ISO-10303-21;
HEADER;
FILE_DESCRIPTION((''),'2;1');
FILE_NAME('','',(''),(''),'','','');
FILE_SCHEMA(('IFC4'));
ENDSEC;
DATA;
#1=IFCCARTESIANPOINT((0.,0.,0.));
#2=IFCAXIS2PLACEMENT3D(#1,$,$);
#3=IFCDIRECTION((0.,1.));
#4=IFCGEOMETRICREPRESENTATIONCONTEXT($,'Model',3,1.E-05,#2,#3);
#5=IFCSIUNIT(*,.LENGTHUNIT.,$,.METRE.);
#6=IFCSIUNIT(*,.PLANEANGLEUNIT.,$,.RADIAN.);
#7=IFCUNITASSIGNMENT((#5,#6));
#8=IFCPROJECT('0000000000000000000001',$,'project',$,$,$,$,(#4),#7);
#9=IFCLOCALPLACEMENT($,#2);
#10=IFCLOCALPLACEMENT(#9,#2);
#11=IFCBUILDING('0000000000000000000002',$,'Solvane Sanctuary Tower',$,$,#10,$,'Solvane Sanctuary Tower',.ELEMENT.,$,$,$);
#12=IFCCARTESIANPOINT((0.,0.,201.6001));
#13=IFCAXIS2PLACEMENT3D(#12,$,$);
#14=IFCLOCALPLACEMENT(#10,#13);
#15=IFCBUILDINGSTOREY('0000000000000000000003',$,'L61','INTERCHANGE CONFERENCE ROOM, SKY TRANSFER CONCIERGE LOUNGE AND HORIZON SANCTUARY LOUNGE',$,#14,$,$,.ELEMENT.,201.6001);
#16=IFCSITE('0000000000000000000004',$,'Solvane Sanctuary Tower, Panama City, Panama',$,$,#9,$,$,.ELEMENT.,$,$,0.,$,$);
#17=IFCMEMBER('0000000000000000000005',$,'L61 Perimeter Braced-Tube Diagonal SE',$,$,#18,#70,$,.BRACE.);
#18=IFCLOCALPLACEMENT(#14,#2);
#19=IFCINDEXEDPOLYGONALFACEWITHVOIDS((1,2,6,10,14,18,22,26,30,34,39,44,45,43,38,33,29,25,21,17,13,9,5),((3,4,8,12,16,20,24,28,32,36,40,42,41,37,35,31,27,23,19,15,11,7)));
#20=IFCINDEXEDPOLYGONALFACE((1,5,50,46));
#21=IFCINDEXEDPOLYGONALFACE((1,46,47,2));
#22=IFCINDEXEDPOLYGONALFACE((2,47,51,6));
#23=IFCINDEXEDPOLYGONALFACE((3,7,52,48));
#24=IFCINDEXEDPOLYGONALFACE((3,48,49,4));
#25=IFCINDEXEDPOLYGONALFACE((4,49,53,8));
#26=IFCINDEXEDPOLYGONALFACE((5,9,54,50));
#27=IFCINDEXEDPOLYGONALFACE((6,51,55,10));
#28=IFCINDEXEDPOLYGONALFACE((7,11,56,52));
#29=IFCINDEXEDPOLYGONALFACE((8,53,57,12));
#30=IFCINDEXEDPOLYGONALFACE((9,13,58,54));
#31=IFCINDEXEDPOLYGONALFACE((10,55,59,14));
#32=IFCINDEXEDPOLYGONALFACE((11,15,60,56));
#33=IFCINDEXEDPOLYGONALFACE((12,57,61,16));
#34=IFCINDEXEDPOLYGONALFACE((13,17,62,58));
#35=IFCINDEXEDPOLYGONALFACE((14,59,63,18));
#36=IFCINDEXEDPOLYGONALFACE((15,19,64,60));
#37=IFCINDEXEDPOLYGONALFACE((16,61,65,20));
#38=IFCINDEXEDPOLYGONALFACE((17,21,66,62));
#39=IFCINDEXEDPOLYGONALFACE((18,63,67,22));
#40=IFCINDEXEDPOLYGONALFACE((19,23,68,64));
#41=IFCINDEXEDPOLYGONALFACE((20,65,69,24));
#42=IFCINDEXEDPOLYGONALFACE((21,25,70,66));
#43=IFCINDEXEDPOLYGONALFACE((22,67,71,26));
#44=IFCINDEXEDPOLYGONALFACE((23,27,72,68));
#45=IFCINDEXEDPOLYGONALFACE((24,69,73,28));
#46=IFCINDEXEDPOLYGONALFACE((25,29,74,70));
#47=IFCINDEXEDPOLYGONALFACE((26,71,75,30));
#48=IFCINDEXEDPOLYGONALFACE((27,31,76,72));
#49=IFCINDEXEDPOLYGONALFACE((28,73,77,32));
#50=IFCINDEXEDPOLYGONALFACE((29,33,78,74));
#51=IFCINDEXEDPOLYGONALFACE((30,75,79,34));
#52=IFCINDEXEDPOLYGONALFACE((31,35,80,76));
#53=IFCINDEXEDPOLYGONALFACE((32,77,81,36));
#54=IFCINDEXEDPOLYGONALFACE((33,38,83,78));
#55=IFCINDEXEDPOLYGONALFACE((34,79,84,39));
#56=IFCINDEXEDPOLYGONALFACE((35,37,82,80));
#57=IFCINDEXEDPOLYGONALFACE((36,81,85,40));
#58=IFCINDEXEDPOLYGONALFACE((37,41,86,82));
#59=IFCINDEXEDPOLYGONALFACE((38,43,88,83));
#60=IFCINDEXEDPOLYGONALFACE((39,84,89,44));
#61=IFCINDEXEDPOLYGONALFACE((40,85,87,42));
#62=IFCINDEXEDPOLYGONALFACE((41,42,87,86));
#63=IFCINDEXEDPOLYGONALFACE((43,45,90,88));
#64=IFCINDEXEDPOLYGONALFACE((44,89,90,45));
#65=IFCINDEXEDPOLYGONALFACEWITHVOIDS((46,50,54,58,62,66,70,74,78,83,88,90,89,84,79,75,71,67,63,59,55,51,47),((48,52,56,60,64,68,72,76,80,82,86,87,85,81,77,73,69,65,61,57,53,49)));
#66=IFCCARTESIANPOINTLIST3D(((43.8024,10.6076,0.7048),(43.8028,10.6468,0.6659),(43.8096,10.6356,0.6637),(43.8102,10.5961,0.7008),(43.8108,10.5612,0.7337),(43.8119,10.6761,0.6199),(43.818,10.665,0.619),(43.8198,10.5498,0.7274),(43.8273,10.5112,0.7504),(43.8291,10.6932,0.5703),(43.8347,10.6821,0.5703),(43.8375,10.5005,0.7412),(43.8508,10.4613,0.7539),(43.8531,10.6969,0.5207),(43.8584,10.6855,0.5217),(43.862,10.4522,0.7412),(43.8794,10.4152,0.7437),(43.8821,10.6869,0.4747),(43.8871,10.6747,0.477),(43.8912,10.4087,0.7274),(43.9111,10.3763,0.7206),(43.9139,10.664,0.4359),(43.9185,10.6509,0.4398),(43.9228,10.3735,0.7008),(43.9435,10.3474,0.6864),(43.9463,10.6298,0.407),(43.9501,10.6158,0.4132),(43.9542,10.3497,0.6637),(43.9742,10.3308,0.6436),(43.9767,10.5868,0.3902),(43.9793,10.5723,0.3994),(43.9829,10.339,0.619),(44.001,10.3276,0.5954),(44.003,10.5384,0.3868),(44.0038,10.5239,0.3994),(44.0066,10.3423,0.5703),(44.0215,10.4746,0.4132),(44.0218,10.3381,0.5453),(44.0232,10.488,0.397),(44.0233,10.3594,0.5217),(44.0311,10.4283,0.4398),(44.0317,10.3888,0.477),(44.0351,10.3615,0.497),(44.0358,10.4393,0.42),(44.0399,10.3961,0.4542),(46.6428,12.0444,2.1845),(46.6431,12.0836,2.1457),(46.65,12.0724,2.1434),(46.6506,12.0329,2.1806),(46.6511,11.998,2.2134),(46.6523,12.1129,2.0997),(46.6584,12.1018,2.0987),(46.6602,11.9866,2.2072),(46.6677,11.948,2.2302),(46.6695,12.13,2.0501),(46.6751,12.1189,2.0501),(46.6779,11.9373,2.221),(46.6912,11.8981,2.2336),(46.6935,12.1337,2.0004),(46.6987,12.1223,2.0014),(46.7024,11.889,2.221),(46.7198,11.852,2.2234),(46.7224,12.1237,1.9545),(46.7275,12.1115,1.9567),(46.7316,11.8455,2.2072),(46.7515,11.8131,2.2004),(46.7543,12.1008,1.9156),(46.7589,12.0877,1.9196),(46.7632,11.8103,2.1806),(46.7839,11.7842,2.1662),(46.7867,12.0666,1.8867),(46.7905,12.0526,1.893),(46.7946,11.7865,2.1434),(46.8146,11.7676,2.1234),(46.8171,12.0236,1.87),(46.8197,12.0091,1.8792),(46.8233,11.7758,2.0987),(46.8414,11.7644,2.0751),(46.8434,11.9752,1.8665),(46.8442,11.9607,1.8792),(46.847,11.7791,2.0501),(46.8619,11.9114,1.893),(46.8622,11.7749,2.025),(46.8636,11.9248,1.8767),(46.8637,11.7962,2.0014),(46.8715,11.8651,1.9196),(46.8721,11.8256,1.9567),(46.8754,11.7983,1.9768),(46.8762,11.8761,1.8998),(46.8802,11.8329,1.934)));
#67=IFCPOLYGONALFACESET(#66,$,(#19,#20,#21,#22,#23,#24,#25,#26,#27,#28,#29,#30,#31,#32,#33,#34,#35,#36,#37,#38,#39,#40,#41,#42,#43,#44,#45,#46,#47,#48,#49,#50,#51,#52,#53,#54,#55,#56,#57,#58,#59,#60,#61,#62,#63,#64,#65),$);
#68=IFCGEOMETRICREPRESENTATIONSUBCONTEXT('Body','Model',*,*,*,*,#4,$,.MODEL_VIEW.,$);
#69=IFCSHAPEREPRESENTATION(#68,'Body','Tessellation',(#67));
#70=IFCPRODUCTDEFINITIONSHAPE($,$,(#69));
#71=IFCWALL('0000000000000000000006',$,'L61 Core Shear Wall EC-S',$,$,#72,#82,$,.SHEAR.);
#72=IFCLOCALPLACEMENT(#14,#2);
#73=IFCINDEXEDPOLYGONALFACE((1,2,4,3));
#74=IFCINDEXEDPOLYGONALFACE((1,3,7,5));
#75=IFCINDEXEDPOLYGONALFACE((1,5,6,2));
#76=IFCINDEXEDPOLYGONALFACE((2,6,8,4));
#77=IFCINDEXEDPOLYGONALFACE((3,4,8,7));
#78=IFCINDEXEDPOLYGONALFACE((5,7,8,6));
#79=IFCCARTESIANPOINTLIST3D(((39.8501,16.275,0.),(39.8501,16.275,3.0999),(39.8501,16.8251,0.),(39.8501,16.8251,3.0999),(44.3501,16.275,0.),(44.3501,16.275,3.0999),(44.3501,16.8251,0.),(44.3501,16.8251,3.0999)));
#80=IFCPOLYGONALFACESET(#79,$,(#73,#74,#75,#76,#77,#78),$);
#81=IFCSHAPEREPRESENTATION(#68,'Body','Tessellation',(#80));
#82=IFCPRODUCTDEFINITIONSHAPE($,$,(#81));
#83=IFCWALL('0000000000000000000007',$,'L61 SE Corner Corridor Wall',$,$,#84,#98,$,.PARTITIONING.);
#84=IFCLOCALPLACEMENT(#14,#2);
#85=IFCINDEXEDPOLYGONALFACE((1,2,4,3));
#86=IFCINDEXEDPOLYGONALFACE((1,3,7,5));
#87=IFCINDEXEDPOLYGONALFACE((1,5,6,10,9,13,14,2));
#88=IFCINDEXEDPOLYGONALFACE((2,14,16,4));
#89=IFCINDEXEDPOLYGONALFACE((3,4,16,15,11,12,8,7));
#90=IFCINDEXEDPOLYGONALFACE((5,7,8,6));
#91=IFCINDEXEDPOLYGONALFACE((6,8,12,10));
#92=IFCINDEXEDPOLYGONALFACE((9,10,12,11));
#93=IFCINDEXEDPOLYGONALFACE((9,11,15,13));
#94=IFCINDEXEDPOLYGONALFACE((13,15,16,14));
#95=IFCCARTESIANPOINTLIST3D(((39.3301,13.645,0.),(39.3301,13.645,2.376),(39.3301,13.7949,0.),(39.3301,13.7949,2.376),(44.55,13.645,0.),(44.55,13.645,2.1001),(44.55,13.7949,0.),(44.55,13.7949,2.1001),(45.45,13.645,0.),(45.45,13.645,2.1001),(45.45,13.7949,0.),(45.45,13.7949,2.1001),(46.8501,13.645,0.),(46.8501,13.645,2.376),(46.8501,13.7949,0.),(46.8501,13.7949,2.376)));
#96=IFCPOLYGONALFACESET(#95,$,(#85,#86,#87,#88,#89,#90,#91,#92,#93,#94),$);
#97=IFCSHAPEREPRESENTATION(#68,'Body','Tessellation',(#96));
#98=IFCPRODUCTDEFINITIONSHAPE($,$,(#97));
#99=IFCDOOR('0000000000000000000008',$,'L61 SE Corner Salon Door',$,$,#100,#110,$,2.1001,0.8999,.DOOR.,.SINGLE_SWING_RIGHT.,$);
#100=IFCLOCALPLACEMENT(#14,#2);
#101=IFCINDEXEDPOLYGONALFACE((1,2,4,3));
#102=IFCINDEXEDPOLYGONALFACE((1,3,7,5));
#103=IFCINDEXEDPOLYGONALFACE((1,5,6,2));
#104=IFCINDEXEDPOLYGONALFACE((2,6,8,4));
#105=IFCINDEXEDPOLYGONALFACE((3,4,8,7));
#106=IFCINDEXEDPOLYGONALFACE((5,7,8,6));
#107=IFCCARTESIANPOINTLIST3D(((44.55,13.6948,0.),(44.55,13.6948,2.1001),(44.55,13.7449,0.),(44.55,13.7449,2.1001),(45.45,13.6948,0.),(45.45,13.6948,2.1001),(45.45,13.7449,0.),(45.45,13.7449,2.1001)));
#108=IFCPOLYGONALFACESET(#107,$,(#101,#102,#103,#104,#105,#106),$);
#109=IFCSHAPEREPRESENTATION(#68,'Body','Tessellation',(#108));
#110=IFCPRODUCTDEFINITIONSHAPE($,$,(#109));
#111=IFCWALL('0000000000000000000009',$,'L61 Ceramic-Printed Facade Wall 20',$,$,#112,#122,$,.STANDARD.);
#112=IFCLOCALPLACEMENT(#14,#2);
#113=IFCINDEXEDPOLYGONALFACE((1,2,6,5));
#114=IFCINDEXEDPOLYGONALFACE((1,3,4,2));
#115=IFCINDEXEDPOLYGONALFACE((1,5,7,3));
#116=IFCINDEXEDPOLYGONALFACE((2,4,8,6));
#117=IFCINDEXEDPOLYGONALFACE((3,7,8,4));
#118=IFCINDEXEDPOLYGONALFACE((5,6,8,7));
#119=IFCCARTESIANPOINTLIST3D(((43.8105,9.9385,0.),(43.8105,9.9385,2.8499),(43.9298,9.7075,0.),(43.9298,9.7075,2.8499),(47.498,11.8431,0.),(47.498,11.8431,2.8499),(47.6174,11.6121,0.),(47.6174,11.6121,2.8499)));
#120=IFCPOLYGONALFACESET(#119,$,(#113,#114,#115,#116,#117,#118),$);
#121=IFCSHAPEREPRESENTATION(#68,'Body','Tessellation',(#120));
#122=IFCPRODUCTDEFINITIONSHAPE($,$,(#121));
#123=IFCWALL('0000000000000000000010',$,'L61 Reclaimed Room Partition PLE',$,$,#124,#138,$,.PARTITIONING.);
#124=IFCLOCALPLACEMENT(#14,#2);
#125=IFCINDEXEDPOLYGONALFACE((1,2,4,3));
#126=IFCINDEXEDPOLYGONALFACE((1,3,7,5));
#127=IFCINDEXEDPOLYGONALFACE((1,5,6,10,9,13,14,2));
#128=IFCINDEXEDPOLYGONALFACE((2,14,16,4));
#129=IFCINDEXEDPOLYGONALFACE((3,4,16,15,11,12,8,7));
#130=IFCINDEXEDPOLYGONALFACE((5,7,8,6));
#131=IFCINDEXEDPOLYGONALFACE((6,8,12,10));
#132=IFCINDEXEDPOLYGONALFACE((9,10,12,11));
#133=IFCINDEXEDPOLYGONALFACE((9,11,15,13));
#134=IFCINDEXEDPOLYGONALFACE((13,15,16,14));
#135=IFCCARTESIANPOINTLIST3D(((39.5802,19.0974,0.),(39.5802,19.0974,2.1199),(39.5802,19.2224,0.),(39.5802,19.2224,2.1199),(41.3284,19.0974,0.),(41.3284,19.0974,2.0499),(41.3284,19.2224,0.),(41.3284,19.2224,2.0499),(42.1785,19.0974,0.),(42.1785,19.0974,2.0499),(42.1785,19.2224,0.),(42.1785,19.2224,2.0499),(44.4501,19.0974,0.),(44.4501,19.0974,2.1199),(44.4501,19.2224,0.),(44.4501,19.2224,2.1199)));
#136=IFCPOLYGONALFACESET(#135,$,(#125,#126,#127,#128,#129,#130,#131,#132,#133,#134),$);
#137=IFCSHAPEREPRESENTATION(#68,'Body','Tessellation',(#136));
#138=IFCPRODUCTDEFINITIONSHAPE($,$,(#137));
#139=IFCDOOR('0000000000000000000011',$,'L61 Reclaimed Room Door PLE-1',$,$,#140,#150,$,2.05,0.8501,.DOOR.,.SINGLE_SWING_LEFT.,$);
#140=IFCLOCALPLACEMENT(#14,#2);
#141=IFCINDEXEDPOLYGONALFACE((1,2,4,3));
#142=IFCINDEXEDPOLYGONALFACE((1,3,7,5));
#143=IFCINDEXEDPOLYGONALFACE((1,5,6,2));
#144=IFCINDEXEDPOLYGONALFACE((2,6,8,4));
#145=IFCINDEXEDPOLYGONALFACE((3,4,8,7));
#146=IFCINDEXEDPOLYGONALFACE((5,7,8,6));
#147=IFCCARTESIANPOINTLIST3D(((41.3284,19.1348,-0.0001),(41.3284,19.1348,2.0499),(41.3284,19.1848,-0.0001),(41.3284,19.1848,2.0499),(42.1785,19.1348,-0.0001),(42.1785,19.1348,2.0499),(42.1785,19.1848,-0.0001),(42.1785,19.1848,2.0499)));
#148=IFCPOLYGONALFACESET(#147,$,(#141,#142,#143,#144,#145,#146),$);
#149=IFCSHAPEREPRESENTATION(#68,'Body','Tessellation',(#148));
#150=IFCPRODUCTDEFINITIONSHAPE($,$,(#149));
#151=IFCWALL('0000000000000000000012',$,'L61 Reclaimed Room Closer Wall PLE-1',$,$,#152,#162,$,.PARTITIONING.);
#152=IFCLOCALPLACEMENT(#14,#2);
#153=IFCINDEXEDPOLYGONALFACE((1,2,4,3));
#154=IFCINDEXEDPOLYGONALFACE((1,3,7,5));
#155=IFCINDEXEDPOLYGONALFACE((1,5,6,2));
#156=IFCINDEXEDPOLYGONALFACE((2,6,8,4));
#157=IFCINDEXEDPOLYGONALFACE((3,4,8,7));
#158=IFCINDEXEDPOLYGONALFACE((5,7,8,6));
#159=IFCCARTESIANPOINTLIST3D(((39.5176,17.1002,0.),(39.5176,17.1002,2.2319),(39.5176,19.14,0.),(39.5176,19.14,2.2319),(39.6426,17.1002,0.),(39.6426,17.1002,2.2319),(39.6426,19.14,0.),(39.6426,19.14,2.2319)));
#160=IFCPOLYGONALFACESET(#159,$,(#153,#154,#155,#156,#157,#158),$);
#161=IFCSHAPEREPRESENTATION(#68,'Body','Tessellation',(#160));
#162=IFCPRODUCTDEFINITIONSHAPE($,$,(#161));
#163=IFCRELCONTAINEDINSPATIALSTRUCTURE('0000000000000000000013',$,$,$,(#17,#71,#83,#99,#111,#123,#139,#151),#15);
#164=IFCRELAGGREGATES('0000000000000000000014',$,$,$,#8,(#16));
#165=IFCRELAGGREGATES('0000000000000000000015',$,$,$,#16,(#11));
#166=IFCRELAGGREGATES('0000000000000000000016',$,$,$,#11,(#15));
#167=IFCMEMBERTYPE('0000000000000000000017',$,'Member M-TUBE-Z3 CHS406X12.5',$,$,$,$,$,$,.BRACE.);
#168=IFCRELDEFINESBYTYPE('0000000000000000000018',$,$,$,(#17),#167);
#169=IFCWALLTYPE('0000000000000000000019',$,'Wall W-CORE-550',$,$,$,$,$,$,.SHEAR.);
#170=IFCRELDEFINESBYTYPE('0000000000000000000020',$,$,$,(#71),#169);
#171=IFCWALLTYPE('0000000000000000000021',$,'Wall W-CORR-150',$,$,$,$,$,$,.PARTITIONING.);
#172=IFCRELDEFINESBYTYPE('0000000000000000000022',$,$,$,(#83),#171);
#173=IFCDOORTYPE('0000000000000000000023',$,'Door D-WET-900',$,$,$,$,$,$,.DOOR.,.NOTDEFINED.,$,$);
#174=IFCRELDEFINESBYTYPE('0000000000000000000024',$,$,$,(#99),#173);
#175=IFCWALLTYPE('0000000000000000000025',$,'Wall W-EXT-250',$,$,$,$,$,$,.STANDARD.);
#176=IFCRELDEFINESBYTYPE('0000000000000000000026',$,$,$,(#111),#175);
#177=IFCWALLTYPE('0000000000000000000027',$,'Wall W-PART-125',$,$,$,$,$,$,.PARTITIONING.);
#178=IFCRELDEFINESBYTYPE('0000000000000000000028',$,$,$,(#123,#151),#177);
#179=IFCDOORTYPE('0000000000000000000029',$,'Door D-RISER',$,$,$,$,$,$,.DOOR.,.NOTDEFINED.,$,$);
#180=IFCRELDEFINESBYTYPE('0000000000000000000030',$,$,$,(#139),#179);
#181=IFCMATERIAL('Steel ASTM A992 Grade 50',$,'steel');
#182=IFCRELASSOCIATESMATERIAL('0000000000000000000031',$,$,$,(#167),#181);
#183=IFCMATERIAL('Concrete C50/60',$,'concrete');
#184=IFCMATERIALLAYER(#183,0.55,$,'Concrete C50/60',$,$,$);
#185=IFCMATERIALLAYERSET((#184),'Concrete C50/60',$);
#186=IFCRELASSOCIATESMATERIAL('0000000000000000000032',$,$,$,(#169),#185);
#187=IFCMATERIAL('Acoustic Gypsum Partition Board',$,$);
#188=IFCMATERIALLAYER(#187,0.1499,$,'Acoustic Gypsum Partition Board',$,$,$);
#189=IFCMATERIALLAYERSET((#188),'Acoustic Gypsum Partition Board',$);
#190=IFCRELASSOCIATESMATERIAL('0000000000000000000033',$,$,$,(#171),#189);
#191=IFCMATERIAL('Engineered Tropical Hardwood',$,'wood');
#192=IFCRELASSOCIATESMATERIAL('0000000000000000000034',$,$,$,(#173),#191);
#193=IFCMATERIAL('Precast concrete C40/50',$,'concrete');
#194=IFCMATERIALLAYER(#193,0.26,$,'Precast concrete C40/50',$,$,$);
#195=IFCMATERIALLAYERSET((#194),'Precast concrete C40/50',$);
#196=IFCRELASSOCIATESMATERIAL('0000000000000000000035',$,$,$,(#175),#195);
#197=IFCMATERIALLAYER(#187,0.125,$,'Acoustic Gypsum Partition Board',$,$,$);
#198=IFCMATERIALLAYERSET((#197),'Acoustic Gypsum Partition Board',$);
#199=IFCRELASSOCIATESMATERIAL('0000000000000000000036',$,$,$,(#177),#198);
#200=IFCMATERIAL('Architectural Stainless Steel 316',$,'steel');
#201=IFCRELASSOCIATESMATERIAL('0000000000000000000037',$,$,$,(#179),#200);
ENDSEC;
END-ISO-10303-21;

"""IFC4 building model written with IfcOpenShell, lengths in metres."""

from ifc_helpers import new_model, si_unit, direction, frame, frame_2d, origin, origin_2d, place, context, subcontext, project, spatial, rectangle, hollow_circle, extrude, material, layer, layer_set, material_profile, profile_set, type_object, element, fill, save


model = new_model("IFC4")

# Units and contexts
model_context = context("Model", 3, precision=1e-05, world=origin(), true_north=direction((0.0, 1.0)))
body_context = subcontext(model_context, "Body", "Model", "MODEL_VIEW")
ifc_project = project(units=[si_unit("LENGTHUNIT", "METRE"), si_unit("PLANEANGLEUNIT", "RADIAN")], contexts=[model_context])

# Site, building, storey
site_placement = place(None, origin())
site = spatial("IfcSite", under=ifc_project, at=site_placement, Name="Solvane Sanctuary Tower, Panama City, Panama", CompositionType="ELEMENT", RefElevation=0.0)
building_placement = place(site_placement, origin())
building = spatial("IfcBuilding", under=site, at=building_placement, Name="Solvane Sanctuary Tower", LongName="Solvane Sanctuary Tower", CompositionType="ELEMENT")
storey_placement = place(building_placement, frame((0.0, 0.0, 201.6001)))
storey = spatial("IfcBuildingStorey", under=building, at=storey_placement, Name="L61", Description="INTERCHANGE CONFERENCE ROOM, SKY TRANSFER CONCIERGE LOUNGE AND HORIZON SANCTUARY LOUNGE", CompositionType="ELEMENT", Elevation=201.6001)

# Shared definitions
ifc_material_1 = material(Name="Concrete C50/60", Category="concrete")

# Shared definitions
ifc_material_2 = material(Name="Steel ASTM A992 Grade 50", Category="steel")

# Member
ifc_material_profile_1 = material_profile(ifc_material_2, hollow_circle(Radius=0.2029, WallThickness=0.0125, at=origin_2d()), Name="CHS406X12.5")
ifc_profile_set_1 = profile_set([ifc_material_profile_1], Name="Steel ASTM A992 Grade 50")
member_type = type_object("IfcMemberType", Name="Member M-TUBE-Z3 CHS406X12.5", PredefinedType="BRACE", material=ifc_profile_set_1)
member_placement = place(storey_placement, frame((43.9207, 10.5122, 0.5703), z_axis=(0.809168, 0.409314, 0.421555), x_axis=(-0.451381, 0.892331, 0.0)))
element("IfcMember", 1, at=member_placement, inside=storey, type_object=member_type, Name="L61 Perimeter Braced-Tube Diagonal SE", PredefinedType="BRACE", context=body_context, shape_type="SweptSolid", body=[
    extrude(hollow_circle(Radius=0.2029, WallThickness=0.0125, at=origin_2d()), origin(), (0.0, 0.0, 1.0), 3.5103),
])

# Wall
ifc_layer_1 = layer(ifc_material_1, 0.55, Name="Concrete C50/60")
ifc_layer_set_1 = layer_set([ifc_layer_1], Name="Concrete C50/60")
wall_type_1 = type_object("IfcWallType", Name="Wall W-CORE-550", PredefinedType="SHEAR", material=ifc_layer_set_1)
wall_1_placement = place(storey_placement, frame((39.8501, 16.55, 0.0), z_axis=(0.0, 0.0, 1.0), x_axis=(1.0, 0.0, 0.0)))
element("IfcWall", 2, at=wall_1_placement, inside=storey, type_object=wall_type_1, Name="L61 Core Shear Wall EC-S", PredefinedType="SHEAR", context=body_context, shape_type="SweptSolid", body=[
    extrude(rectangle(XDim=4.5, YDim=0.55, at=frame_2d((2.25, 0.0))), origin(), (0.0, 0.0, 1.0), 3.0999),
])

# Wall, opening, door
ifc_material_3 = material(Name="Acoustic Gypsum Partition Board")
ifc_layer_2 = layer(ifc_material_3, 0.1499, Name="Acoustic Gypsum Partition Board")
ifc_layer_set_2 = layer_set([ifc_layer_2], Name="Acoustic Gypsum Partition Board")
wall_type_2 = type_object("IfcWallType", Name="Wall W-CORR-150", PredefinedType="PARTITIONING", material=ifc_layer_set_2)
wall_2_placement = place(storey_placement, frame((39.3301, 13.72, 0.0), z_axis=(0.0, 0.0, 1.0), x_axis=(1.0, 0.0, 0.0)))
wall_2 = element("IfcWall", 3, at=wall_2_placement, inside=storey, type_object=wall_type_2, Name="L61 SE Corner Corridor Wall", PredefinedType="PARTITIONING", context=body_context, shape_type="SweptSolid", body=[
    extrude(rectangle(XDim=7.52, YDim=0.1499, at=frame_2d((3.76, 0.0))), origin(), (0.0, 0.0, 1.0), 2.376),
])
opening_1_placement = place(wall_2_placement, frame((5.22, 0.0, 0.0)))
opening_1 = element("IfcOpeningElement", 4, at=opening_1_placement, cuts=wall_2, PredefinedType="OPENING", context=body_context, shape_type="SweptSolid", body=[
    extrude(rectangle(XDim=0.8999, YDim=2.1001, at=frame_2d((0.45, 1.05))), frame((0.0, 0.085, 0.0), z_axis=(0.0, -1.0, 0.0), x_axis=(1.0, 0.0, 0.0)), (0.0, 0.0, 1.0), 0.1699),
])
ifc_material_4 = material(Name="Engineered Tropical Hardwood", Category="wood")
door_type_1 = type_object("IfcDoorType", Name="Door D-WET-900", OperationType="NOTDEFINED", PredefinedType="DOOR", material=ifc_material_4)
door_1_placement = place(opening_1_placement, origin())
door_1 = element("IfcDoor", 5, at=door_1_placement, inside=storey, type_object=door_type_1, Name="L61 SE Corner Salon Door", OperationType="SINGLE_SWING_RIGHT", OverallHeight=2.1001, OverallWidth=0.8999, PredefinedType="DOOR", context=body_context, shape_type="SweptSolid", body=[
    extrude(rectangle(XDim=0.8999, YDim=2.1001, at=frame_2d((0.45, 1.05))), frame((0.0, 0.0249, 0.0), z_axis=(0.0, -1.0, 0.0), x_axis=(1.0, 0.0, 0.0)), (0.0, 0.0, 1.0), 0.05),
])
fill(opening_1, door_1)

# Wall
ifc_material_5 = material(Name="Precast concrete C40/50", Category="concrete")
ifc_layer_3 = layer(ifc_material_5, 0.26, Name="Precast concrete C40/50")
ifc_layer_set_3 = layer_set([ifc_layer_3], Name="Precast concrete C40/50")
wall_type_3 = type_object("IfcWallType", Name="Wall W-EXT-250", PredefinedType="STANDARD", material=ifc_layer_set_3)
wall_3_placement = place(storey_placement, frame((43.8701, 9.823, 0.0), z_axis=(0.0, 0.0, 1.0), x_axis=(0.888491, 0.458893, 0.0)))
element("IfcWall", 6, at=wall_3_placement, inside=storey, type_object=wall_type_3, Name="L61 Ceramic-Printed Facade Wall 20", PredefinedType="STANDARD", context=body_context, shape_type="SweptSolid", body=[
    extrude(rectangle(XDim=4.1504, YDim=0.26, at=frame_2d((2.0752, 0.0))), origin(), (0.0, 0.0, 1.0), 2.8499),
])

# Wall, opening, door
ifc_layer_4 = layer(ifc_material_3, 0.125, Name="Acoustic Gypsum Partition Board")
ifc_layer_set_4 = layer_set([ifc_layer_4], Name="Acoustic Gypsum Partition Board")
wall_type_4 = type_object("IfcWallType", Name="Wall W-PART-125", PredefinedType="PARTITIONING", material=ifc_layer_set_4)
wall_4_placement = place(storey_placement, frame((39.5801, 19.1599, 0.0), z_axis=(0.0, 0.0, 1.0), x_axis=(1.0, 0.0, 0.0)))
wall_4 = element("IfcWall", 7, at=wall_4_placement, inside=storey, type_object=wall_type_4, Name="L61 Reclaimed Room Partition PLE", PredefinedType="PARTITIONING", context=body_context, shape_type="SweptSolid", body=[
    extrude(rectangle(XDim=4.8699, YDim=0.125, at=frame_2d((2.4351, 0.0))), origin(), (0.0, 0.0, 1.0), 2.1199),
])
opening_2_placement = place(wall_4_placement, frame((1.7483, 0.0, 0.0)))
opening_2 = element("IfcOpeningElement", 8, at=opening_2_placement, cuts=wall_4, PredefinedType="OPENING", context=body_context, shape_type="SweptSolid", body=[
    extrude(rectangle(XDim=0.8501, YDim=2.05, at=frame_2d((0.425, 1.0249))), frame((0.0, 0.0725, 0.0), z_axis=(0.0, -1.0, 0.0), x_axis=(1.0, 0.0, 0.0)), (0.0, 0.0, 1.0), 0.145),
])
ifc_material_6 = material(Name="Architectural Stainless Steel 316", Category="steel")
door_type_2 = type_object("IfcDoorType", Name="Door D-RISER", OperationType="NOTDEFINED", PredefinedType="DOOR", material=ifc_material_6)
door_2_placement = place(opening_2_placement, origin())
door_2 = element("IfcDoor", 9, at=door_2_placement, inside=storey, type_object=door_type_2, Name="L61 Reclaimed Room Door PLE-1", OperationType="SINGLE_SWING_LEFT", OverallHeight=2.05, OverallWidth=0.8501, PredefinedType="DOOR", context=body_context, shape_type="SweptSolid", body=[
    extrude(rectangle(XDim=0.8501, YDim=2.05, at=frame_2d((0.425, 1.0249))), frame((0.0, 0.0249, 0.0), z_axis=(0.0, -1.0, 0.0), x_axis=(1.0, 0.0, 0.0)), (0.0, 0.0, 1.0), 0.05),
])
fill(opening_2, door_2)

# Wall
wall_5_placement = place(storey_placement, frame((39.5801, 17.1001, 0.0), z_axis=(0.0, 0.0, 1.0), x_axis=(0.0, 1.0, 0.0)))
element("IfcWall", 10, at=wall_5_placement, inside=storey, type_object=wall_type_4, Name="L61 Reclaimed Room Closer Wall PLE-1", PredefinedType="PARTITIONING", context=body_context, shape_type="SweptSolid", body=[
    extrude(rectangle(XDim=2.0398, YDim=0.125, at=frame_2d((1.02, 0.0))), origin(), (0.0, 0.0, 1.0), 2.2319),
])

save(model, "model.ifc")
